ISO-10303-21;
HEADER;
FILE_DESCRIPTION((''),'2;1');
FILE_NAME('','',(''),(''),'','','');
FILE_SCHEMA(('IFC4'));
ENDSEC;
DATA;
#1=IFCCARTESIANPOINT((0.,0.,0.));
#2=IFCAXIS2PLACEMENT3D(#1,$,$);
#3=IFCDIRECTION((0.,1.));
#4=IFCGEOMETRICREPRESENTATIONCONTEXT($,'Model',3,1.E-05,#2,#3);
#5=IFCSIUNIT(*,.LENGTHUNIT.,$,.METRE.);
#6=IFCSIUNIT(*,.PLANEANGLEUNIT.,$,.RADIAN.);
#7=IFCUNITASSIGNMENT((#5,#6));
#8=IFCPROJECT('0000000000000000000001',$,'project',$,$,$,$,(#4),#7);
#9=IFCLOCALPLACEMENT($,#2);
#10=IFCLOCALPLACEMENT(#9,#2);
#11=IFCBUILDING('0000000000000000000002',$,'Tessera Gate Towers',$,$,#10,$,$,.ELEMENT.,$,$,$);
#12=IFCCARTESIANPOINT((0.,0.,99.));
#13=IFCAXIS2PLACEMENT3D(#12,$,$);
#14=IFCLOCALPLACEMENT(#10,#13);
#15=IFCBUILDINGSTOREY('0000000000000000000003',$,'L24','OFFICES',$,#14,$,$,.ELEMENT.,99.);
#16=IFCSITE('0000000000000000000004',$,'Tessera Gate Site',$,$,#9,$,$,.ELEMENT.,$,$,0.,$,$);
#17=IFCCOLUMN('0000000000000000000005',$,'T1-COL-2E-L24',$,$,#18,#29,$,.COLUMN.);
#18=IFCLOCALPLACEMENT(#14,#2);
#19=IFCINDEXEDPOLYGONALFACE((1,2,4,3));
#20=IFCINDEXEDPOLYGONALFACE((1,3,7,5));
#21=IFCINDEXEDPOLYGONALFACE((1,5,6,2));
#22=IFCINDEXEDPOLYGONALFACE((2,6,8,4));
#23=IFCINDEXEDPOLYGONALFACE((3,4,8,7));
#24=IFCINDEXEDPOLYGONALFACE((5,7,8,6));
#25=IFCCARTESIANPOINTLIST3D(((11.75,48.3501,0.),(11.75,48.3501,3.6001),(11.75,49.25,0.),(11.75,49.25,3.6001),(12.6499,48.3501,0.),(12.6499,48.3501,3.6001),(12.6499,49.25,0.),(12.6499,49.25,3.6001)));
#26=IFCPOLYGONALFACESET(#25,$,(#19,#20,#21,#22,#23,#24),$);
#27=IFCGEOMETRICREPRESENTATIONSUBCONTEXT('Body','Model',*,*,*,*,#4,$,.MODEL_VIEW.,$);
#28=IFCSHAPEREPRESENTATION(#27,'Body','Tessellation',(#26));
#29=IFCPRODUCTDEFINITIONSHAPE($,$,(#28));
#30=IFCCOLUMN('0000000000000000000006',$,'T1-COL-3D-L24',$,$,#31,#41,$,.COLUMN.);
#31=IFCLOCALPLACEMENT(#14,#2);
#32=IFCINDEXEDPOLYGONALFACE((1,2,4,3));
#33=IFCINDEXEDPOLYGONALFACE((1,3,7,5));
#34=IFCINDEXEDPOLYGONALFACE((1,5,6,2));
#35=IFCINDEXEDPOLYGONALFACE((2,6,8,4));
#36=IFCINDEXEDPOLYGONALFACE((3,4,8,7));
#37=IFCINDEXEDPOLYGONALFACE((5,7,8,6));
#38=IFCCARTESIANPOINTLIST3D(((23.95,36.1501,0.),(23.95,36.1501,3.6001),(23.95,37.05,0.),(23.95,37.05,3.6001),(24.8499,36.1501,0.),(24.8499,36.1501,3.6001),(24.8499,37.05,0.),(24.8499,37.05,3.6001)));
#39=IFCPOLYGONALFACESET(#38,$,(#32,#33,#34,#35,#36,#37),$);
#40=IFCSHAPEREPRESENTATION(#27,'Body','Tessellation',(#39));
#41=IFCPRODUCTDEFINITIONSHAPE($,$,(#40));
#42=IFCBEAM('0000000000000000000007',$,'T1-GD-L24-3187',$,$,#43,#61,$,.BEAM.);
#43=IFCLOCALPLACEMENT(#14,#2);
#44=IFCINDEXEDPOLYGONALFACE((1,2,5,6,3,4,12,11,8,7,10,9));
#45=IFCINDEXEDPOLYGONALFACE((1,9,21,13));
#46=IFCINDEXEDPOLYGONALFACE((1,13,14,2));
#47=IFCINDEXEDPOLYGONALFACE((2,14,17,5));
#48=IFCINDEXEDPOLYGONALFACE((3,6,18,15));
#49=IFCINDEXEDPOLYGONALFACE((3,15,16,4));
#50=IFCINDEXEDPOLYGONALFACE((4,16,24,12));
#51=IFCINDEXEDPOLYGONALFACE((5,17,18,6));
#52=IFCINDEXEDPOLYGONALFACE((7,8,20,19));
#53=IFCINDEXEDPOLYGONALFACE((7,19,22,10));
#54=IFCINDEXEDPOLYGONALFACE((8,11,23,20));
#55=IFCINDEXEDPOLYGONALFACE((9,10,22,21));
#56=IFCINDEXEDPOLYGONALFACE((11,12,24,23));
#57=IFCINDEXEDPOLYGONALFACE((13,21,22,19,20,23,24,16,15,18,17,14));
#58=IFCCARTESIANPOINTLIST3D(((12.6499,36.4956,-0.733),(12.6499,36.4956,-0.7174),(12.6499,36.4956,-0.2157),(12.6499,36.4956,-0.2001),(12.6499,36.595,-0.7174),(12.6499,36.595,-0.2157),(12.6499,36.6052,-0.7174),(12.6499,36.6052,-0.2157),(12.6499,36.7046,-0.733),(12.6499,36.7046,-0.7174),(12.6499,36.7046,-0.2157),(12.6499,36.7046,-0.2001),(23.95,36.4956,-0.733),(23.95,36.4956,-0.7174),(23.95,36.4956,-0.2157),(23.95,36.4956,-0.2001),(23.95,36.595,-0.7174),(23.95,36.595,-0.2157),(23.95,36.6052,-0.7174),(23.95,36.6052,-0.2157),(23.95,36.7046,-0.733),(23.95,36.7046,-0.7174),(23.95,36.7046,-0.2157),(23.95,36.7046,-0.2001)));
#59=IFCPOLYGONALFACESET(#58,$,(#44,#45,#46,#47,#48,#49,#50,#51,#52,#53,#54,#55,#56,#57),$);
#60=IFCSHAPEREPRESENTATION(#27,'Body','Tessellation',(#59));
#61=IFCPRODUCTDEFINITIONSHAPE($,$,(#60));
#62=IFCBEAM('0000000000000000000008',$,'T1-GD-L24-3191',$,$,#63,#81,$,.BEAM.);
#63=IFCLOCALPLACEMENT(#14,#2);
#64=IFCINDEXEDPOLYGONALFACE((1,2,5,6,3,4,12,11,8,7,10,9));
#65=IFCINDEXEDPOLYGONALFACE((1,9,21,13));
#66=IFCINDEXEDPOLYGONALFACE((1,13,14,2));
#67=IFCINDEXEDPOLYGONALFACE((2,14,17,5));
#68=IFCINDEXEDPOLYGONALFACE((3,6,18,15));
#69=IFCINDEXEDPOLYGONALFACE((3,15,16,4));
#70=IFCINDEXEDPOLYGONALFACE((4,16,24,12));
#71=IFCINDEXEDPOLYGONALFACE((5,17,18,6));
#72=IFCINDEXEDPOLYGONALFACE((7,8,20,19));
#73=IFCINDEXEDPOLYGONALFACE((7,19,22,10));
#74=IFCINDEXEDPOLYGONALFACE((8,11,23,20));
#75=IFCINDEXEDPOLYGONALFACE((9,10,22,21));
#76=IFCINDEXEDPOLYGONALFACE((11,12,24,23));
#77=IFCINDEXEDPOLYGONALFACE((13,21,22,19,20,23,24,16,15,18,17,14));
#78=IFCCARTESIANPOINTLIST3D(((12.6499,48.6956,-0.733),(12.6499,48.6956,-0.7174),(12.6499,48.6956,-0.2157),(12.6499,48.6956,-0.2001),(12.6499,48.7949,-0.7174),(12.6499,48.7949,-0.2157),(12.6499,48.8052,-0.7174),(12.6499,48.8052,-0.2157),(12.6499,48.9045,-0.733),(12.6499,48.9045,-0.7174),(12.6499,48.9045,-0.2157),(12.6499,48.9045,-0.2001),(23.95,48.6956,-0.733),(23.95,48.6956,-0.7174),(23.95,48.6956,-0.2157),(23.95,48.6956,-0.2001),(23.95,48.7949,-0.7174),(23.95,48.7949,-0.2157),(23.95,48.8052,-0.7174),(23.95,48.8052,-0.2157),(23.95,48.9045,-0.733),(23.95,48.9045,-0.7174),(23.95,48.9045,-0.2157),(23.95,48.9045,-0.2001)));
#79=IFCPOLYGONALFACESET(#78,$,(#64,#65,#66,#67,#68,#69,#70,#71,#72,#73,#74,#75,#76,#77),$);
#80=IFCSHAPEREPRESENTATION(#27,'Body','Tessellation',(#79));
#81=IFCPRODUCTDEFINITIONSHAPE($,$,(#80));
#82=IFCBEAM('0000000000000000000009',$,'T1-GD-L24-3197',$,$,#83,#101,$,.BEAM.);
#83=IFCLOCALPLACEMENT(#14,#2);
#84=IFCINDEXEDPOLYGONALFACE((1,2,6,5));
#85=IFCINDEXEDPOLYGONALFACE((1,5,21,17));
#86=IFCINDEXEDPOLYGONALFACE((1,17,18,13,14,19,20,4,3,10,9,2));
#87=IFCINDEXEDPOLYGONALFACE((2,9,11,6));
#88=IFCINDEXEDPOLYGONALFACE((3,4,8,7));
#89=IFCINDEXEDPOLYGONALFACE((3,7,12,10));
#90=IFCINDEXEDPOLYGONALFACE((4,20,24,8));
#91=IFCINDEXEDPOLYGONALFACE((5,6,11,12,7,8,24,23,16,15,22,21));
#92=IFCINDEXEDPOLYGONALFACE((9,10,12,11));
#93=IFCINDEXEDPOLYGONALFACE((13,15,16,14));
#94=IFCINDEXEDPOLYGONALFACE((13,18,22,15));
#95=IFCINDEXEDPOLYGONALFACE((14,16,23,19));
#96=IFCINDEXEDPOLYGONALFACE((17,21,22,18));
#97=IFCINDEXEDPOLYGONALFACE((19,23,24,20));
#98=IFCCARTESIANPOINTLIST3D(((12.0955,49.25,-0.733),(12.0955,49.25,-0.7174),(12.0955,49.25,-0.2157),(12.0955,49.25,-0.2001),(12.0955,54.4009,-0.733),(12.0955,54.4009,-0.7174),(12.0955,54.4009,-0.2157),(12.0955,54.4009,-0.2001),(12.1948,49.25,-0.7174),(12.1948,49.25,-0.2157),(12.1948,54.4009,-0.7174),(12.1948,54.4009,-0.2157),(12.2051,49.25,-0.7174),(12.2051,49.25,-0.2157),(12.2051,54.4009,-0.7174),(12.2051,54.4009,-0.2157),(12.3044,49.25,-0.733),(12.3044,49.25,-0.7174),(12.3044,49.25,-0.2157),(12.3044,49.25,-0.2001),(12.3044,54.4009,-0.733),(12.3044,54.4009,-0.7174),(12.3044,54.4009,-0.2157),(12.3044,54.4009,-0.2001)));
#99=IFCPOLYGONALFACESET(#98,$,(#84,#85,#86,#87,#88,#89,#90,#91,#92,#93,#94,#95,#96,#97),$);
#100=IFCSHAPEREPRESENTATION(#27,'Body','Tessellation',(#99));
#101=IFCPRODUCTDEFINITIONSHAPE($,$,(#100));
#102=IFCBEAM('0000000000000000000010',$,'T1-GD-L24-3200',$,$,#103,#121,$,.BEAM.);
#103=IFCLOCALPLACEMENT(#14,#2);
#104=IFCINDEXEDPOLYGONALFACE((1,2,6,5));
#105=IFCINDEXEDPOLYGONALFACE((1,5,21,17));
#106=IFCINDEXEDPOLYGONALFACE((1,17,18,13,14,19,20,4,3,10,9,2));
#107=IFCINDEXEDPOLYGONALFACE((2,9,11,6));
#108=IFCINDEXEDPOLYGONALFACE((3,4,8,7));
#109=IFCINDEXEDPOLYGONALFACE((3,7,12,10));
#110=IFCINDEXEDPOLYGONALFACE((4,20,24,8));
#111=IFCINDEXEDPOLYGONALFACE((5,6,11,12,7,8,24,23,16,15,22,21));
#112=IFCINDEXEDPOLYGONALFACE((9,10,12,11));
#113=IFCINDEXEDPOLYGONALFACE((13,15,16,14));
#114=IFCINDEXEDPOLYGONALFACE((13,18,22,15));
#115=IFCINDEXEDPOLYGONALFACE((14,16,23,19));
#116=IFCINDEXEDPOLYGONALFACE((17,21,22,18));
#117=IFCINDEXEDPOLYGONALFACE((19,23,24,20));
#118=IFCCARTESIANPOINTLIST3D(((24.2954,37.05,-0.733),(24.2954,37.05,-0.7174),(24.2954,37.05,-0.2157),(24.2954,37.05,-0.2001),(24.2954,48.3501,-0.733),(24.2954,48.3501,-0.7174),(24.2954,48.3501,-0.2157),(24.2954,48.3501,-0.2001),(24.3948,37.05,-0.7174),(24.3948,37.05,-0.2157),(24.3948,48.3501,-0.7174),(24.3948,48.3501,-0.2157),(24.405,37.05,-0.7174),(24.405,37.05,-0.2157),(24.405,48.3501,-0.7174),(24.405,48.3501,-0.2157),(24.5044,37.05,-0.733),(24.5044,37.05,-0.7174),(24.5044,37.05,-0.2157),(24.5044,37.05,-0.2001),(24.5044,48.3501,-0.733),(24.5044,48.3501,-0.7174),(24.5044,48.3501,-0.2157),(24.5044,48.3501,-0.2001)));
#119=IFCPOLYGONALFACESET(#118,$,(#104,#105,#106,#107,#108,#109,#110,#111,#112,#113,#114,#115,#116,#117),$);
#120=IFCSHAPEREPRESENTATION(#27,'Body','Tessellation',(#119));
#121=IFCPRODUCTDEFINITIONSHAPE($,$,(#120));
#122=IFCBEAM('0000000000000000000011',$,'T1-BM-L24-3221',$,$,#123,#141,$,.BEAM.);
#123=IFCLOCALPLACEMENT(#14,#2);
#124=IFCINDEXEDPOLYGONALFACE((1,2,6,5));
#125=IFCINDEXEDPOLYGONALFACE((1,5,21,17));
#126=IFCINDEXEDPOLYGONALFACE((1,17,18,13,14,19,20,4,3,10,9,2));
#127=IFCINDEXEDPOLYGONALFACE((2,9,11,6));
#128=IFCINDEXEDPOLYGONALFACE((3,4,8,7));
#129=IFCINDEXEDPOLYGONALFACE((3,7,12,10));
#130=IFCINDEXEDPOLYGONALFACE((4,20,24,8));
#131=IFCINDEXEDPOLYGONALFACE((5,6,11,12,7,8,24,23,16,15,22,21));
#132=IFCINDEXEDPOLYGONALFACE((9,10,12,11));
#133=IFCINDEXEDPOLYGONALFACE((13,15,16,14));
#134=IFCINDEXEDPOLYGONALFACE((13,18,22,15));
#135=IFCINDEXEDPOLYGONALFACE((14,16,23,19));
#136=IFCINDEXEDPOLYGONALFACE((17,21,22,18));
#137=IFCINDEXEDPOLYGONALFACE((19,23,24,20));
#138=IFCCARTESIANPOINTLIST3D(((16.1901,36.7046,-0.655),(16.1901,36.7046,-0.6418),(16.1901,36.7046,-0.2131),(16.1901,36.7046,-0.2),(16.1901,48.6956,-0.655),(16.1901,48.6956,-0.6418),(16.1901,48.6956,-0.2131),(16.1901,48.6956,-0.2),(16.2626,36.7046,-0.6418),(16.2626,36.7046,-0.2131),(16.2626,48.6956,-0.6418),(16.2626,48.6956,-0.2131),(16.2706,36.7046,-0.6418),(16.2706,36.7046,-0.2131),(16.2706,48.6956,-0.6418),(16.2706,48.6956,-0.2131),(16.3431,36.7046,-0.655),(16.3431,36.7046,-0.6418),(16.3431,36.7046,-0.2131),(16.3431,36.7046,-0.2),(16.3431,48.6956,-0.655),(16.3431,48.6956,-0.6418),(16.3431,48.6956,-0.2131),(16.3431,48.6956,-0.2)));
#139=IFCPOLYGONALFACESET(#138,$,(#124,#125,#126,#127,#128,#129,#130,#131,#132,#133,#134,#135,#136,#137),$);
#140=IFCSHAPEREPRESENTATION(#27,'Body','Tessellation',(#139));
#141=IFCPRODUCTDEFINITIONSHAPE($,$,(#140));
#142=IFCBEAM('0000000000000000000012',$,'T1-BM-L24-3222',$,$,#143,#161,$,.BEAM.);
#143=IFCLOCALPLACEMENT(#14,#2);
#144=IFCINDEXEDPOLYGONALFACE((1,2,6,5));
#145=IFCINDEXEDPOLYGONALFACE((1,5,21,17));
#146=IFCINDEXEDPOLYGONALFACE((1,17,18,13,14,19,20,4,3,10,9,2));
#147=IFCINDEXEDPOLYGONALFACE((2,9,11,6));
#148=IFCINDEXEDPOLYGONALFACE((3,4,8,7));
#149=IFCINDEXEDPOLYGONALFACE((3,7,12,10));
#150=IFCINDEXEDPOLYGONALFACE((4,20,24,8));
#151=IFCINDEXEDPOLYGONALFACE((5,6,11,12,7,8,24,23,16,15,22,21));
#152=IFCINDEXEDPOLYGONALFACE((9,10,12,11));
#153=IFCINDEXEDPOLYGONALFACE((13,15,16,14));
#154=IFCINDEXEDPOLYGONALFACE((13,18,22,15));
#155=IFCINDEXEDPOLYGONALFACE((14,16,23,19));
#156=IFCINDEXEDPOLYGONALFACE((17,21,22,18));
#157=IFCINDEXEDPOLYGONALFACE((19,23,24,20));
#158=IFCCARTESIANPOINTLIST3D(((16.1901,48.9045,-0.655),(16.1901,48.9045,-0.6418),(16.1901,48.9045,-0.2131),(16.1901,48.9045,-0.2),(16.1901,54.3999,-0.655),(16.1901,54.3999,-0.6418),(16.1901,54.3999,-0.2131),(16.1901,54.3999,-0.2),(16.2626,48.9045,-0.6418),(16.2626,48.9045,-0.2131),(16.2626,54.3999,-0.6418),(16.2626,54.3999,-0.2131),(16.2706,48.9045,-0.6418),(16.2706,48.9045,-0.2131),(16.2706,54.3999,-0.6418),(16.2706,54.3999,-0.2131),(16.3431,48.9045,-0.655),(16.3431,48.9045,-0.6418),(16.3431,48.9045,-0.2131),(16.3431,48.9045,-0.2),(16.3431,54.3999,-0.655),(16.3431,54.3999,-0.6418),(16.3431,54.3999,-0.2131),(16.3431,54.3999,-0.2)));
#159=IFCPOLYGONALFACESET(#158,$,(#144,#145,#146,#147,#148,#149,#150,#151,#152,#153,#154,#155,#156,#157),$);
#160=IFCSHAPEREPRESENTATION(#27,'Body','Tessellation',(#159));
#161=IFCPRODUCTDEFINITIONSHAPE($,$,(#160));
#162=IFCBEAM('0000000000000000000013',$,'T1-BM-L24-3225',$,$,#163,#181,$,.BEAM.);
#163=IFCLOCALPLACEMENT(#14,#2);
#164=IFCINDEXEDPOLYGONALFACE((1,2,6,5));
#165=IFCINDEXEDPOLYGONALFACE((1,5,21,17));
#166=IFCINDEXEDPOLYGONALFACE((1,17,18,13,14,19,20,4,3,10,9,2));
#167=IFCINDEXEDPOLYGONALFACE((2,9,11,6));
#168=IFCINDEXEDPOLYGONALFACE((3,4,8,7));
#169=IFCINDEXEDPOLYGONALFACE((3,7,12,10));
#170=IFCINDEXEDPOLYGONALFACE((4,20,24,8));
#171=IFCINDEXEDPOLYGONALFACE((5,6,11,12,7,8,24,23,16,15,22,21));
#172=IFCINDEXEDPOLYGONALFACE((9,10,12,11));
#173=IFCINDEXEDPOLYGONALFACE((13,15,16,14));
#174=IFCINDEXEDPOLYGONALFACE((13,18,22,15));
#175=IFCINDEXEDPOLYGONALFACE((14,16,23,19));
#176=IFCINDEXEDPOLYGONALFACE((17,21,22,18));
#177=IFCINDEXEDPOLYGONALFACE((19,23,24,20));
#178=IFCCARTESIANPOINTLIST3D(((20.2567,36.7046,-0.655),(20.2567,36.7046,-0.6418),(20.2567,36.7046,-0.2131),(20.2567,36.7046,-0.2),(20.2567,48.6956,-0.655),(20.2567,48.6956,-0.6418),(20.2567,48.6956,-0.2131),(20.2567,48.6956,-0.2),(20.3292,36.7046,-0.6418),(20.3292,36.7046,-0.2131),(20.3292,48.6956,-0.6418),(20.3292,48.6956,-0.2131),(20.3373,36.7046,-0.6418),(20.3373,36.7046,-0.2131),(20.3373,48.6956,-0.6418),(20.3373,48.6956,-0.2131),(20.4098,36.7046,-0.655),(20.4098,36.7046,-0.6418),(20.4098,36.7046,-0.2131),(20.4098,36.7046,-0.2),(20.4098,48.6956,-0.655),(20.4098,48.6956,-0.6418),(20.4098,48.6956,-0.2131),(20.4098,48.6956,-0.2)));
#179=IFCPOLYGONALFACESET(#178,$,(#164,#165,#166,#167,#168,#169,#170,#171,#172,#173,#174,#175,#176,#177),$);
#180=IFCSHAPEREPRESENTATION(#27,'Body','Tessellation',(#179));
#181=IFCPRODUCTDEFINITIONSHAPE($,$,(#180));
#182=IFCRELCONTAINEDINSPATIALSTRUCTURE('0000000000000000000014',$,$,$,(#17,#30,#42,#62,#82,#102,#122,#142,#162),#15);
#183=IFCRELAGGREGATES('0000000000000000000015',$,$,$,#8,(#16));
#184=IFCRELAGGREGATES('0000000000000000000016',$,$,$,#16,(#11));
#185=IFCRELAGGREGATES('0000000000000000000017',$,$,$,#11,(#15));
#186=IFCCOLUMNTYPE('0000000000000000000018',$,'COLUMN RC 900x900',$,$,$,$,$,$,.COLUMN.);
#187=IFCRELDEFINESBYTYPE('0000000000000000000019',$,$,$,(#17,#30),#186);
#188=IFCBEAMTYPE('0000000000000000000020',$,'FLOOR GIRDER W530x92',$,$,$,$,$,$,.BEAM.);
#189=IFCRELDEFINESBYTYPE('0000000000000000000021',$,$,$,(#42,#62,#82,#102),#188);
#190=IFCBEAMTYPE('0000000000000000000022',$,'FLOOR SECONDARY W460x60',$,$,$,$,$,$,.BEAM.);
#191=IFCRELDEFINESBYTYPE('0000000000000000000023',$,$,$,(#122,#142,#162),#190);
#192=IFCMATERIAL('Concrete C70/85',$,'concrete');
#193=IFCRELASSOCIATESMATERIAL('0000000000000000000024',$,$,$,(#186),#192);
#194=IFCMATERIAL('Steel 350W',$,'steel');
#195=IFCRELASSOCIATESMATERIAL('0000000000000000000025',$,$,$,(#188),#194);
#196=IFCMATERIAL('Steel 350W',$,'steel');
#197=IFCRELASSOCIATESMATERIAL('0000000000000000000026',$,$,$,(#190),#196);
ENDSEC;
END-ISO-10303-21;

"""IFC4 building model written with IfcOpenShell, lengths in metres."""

from ifc_helpers import new_model, si_unit, direction, frame, origin, origin_2d, place, context, subcontext, project, spatial, rectangle, i_section, extrude, material, material_profile, profile_set, type_object, element, save


model = new_model("IFC4")

# Units and contexts
model_context = context("Model", 3, precision=1e-05, world=origin(), true_north=direction((0.0, 1.0)))
body_context = subcontext(model_context, "Body", "Model", "MODEL_VIEW")
ifc_project = project(units=[si_unit("LENGTHUNIT", "METRE"), si_unit("PLANEANGLEUNIT", "RADIAN")], contexts=[model_context])

# Site, building, storey
site_placement = place(None, origin())
site = spatial("IfcSite", under=ifc_project, at=site_placement, Name="Tessera Gate Site", CompositionType="ELEMENT", RefElevation=0.0)
building_placement = place(site_placement, origin())
building = spatial("IfcBuilding", under=site, at=building_placement, Name="Tessera Gate Towers", CompositionType="ELEMENT")
storey_placement = place(building_placement, frame((0.0, 0.0, 99.0)))
storey = spatial("IfcBuildingStorey", under=building, at=storey_placement, Name="L24", Description="OFFICES", CompositionType="ELEMENT", Elevation=99.0)

# Columns
ifc_material_1 = material(Name="Concrete C70/85", Category="concrete")
ifc_material_profile_1 = material_profile(ifc_material_1, rectangle(XDim=0.8999, YDim=0.8999, at=origin_2d()), Name="RC 900x900")
ifc_profile_set_1 = profile_set([ifc_material_profile_1], Name="Concrete C70/85")
column_type = type_object("IfcColumnType", Name="COLUMN RC 900x900", PredefinedType="COLUMN", material=ifc_profile_set_1)
for number, where, z_axis, x_axis, name in (
    (1, (12.2, 48.8, 0.0), (0.0, 0.0, 1.0), (1.0, 0.0, 0.0), "T1-COL-2E-L24"),
    (2, (24.3999, 36.6001, 0.0), (0.0, 0.0, 1.0), (1.0, 0.0, 0.0), "T1-COL-3D-L24"),
):
    element("IfcColumn", number, at=place(storey_placement, frame(where, z_axis=z_axis, x_axis=x_axis)), inside=storey, type_object=column_type, Name=name, PredefinedType="COLUMN", context=body_context, shape_type="SweptSolid", body=[
        extrude(rectangle(XDim=0.8999, YDim=0.8999, at=origin_2d()), origin(), (0.0, 0.0, 1.0), 3.6001),
    ])

# Beams
ifc_material_2 = material(Name="Steel 350W", Category="steel")
ifc_material_profile_2 = material_profile(ifc_material_2, i_section(OverallWidth=0.209, OverallDepth=0.533, WebThickness=0.0103, FlangeThickness=0.0156, at=origin_2d()), Name="W530x92")
ifc_profile_set_2 = profile_set([ifc_material_profile_2], Name="Steel 350W")
beam_type_1 = type_object("IfcBeamType", Name="FLOOR GIRDER W530x92", PredefinedType="BEAM", material=ifc_profile_set_2)
for number, where, z_axis, x_axis, name in (
    (3, (12.6499, 36.6001, -0.4666), (1.0, 0.0, 0.0), (0.0, 1.0, 0.0), "T1-GD-L24-3187"),
    (4, (12.6499, 48.8, -0.4666), (1.0, 0.0, 0.0), (0.0, 1.0, 0.0), "T1-GD-L24-3191"),
):
    element("IfcBeam", number, at=place(storey_placement, frame(where, z_axis=z_axis, x_axis=x_axis)), inside=storey, type_object=beam_type_1, Name=name, PredefinedType="BEAM", context=body_context, shape_type="SweptSolid", body=[
        extrude(i_section(OverallWidth=0.209, OverallDepth=0.533, WebThickness=0.0103, FlangeThickness=0.0156, at=origin_2d()), origin(), (0.0, 0.0, 1.0), 11.3),
    ])
beam_1_placement = place(storey_placement, frame((12.2, 49.25, -0.4666), z_axis=(0.0, 1.0, 0.0), x_axis=(-1.0, 0.0, 0.0)))
element("IfcBeam", 5, at=beam_1_placement, inside=storey, type_object=beam_type_1, Name="T1-GD-L24-3197", PredefinedType="BEAM", context=body_context, shape_type="SweptSolid", body=[
    extrude(i_section(OverallWidth=0.209, OverallDepth=0.533, WebThickness=0.0103, FlangeThickness=0.0156, at=origin_2d()), origin(), (0.0, 0.0, 1.0), 5.1509),
])
beam_2_placement = place(storey_placement, frame((24.3999, 37.05, -0.4666), z_axis=(0.0, 1.0, 0.0), x_axis=(-1.0, 0.0, 0.0)))
element("IfcBeam", 6, at=beam_2_placement, inside=storey, type_object=beam_type_1, Name="T1-GD-L24-3200", PredefinedType="BEAM", context=body_context, shape_type="SweptSolid", body=[
    extrude(i_section(OverallWidth=0.209, OverallDepth=0.533, WebThickness=0.0103, FlangeThickness=0.0156, at=origin_2d()), origin(), (0.0, 0.0, 1.0), 11.3),
])
ifc_material_3 = material(Name="Steel 350W", Category="steel")
ifc_material_profile_3 = material_profile(ifc_material_3, i_section(OverallWidth=0.1531, OverallDepth=0.4551, WebThickness=0.0081, FlangeThickness=0.0132, at=origin_2d()), Name="W460x60")
ifc_profile_set_3 = profile_set([ifc_material_profile_3], Name="Steel 350W")
beam_type_2 = type_object("IfcBeamType", Name="FLOOR SECONDARY W460x60", PredefinedType="BEAM", material=ifc_profile_set_3)
beam_3_placement = place(storey_placement, frame((16.2666, 36.7046, -0.4275), z_axis=(0.0, 1.0, 0.0), x_axis=(-1.0, 0.0, 0.0)))
element("IfcBeam", 7, at=beam_3_placement, inside=storey, type_object=beam_type_2, Name="T1-BM-L24-3221", PredefinedType="BEAM", context=body_context, shape_type="SweptSolid", body=[
    extrude(i_section(OverallWidth=0.1531, OverallDepth=0.4551, WebThickness=0.0081, FlangeThickness=0.0132, at=origin_2d()), origin(), (0.0, 0.0, 1.0), 11.991),
])
beam_4_placement = place(storey_placement, frame((16.2666, 48.9045, -0.4275), z_axis=(0.0, 1.0, 0.0), x_axis=(-1.0, 0.0, 0.0)))
element("IfcBeam", 8, at=beam_4_placement, inside=storey, type_object=beam_type_2, Name="T1-BM-L24-3222", PredefinedType="BEAM", context=body_context, shape_type="SweptSolid", body=[
    extrude(i_section(OverallWidth=0.1531, OverallDepth=0.4551, WebThickness=0.0081, FlangeThickness=0.0132, at=origin_2d()), origin(), (0.0, 0.0, 1.0), 5.4954),
])
beam_5_placement = place(storey_placement, frame((20.3333, 36.7046, -0.4275), z_axis=(0.0, 1.0, 0.0), x_axis=(-1.0, 0.0, 0.0)))
element("IfcBeam", 9, at=beam_5_placement, inside=storey, type_object=beam_type_2, Name="T1-BM-L24-3225", PredefinedType="BEAM", context=body_context, shape_type="SweptSolid", body=[
    extrude(i_section(OverallWidth=0.1531, OverallDepth=0.4551, WebThickness=0.0081, FlangeThickness=0.0132, at=origin_2d()), origin(), (0.0, 0.0, 1.0), 11.991),
])

save(model, "model.ifc")
